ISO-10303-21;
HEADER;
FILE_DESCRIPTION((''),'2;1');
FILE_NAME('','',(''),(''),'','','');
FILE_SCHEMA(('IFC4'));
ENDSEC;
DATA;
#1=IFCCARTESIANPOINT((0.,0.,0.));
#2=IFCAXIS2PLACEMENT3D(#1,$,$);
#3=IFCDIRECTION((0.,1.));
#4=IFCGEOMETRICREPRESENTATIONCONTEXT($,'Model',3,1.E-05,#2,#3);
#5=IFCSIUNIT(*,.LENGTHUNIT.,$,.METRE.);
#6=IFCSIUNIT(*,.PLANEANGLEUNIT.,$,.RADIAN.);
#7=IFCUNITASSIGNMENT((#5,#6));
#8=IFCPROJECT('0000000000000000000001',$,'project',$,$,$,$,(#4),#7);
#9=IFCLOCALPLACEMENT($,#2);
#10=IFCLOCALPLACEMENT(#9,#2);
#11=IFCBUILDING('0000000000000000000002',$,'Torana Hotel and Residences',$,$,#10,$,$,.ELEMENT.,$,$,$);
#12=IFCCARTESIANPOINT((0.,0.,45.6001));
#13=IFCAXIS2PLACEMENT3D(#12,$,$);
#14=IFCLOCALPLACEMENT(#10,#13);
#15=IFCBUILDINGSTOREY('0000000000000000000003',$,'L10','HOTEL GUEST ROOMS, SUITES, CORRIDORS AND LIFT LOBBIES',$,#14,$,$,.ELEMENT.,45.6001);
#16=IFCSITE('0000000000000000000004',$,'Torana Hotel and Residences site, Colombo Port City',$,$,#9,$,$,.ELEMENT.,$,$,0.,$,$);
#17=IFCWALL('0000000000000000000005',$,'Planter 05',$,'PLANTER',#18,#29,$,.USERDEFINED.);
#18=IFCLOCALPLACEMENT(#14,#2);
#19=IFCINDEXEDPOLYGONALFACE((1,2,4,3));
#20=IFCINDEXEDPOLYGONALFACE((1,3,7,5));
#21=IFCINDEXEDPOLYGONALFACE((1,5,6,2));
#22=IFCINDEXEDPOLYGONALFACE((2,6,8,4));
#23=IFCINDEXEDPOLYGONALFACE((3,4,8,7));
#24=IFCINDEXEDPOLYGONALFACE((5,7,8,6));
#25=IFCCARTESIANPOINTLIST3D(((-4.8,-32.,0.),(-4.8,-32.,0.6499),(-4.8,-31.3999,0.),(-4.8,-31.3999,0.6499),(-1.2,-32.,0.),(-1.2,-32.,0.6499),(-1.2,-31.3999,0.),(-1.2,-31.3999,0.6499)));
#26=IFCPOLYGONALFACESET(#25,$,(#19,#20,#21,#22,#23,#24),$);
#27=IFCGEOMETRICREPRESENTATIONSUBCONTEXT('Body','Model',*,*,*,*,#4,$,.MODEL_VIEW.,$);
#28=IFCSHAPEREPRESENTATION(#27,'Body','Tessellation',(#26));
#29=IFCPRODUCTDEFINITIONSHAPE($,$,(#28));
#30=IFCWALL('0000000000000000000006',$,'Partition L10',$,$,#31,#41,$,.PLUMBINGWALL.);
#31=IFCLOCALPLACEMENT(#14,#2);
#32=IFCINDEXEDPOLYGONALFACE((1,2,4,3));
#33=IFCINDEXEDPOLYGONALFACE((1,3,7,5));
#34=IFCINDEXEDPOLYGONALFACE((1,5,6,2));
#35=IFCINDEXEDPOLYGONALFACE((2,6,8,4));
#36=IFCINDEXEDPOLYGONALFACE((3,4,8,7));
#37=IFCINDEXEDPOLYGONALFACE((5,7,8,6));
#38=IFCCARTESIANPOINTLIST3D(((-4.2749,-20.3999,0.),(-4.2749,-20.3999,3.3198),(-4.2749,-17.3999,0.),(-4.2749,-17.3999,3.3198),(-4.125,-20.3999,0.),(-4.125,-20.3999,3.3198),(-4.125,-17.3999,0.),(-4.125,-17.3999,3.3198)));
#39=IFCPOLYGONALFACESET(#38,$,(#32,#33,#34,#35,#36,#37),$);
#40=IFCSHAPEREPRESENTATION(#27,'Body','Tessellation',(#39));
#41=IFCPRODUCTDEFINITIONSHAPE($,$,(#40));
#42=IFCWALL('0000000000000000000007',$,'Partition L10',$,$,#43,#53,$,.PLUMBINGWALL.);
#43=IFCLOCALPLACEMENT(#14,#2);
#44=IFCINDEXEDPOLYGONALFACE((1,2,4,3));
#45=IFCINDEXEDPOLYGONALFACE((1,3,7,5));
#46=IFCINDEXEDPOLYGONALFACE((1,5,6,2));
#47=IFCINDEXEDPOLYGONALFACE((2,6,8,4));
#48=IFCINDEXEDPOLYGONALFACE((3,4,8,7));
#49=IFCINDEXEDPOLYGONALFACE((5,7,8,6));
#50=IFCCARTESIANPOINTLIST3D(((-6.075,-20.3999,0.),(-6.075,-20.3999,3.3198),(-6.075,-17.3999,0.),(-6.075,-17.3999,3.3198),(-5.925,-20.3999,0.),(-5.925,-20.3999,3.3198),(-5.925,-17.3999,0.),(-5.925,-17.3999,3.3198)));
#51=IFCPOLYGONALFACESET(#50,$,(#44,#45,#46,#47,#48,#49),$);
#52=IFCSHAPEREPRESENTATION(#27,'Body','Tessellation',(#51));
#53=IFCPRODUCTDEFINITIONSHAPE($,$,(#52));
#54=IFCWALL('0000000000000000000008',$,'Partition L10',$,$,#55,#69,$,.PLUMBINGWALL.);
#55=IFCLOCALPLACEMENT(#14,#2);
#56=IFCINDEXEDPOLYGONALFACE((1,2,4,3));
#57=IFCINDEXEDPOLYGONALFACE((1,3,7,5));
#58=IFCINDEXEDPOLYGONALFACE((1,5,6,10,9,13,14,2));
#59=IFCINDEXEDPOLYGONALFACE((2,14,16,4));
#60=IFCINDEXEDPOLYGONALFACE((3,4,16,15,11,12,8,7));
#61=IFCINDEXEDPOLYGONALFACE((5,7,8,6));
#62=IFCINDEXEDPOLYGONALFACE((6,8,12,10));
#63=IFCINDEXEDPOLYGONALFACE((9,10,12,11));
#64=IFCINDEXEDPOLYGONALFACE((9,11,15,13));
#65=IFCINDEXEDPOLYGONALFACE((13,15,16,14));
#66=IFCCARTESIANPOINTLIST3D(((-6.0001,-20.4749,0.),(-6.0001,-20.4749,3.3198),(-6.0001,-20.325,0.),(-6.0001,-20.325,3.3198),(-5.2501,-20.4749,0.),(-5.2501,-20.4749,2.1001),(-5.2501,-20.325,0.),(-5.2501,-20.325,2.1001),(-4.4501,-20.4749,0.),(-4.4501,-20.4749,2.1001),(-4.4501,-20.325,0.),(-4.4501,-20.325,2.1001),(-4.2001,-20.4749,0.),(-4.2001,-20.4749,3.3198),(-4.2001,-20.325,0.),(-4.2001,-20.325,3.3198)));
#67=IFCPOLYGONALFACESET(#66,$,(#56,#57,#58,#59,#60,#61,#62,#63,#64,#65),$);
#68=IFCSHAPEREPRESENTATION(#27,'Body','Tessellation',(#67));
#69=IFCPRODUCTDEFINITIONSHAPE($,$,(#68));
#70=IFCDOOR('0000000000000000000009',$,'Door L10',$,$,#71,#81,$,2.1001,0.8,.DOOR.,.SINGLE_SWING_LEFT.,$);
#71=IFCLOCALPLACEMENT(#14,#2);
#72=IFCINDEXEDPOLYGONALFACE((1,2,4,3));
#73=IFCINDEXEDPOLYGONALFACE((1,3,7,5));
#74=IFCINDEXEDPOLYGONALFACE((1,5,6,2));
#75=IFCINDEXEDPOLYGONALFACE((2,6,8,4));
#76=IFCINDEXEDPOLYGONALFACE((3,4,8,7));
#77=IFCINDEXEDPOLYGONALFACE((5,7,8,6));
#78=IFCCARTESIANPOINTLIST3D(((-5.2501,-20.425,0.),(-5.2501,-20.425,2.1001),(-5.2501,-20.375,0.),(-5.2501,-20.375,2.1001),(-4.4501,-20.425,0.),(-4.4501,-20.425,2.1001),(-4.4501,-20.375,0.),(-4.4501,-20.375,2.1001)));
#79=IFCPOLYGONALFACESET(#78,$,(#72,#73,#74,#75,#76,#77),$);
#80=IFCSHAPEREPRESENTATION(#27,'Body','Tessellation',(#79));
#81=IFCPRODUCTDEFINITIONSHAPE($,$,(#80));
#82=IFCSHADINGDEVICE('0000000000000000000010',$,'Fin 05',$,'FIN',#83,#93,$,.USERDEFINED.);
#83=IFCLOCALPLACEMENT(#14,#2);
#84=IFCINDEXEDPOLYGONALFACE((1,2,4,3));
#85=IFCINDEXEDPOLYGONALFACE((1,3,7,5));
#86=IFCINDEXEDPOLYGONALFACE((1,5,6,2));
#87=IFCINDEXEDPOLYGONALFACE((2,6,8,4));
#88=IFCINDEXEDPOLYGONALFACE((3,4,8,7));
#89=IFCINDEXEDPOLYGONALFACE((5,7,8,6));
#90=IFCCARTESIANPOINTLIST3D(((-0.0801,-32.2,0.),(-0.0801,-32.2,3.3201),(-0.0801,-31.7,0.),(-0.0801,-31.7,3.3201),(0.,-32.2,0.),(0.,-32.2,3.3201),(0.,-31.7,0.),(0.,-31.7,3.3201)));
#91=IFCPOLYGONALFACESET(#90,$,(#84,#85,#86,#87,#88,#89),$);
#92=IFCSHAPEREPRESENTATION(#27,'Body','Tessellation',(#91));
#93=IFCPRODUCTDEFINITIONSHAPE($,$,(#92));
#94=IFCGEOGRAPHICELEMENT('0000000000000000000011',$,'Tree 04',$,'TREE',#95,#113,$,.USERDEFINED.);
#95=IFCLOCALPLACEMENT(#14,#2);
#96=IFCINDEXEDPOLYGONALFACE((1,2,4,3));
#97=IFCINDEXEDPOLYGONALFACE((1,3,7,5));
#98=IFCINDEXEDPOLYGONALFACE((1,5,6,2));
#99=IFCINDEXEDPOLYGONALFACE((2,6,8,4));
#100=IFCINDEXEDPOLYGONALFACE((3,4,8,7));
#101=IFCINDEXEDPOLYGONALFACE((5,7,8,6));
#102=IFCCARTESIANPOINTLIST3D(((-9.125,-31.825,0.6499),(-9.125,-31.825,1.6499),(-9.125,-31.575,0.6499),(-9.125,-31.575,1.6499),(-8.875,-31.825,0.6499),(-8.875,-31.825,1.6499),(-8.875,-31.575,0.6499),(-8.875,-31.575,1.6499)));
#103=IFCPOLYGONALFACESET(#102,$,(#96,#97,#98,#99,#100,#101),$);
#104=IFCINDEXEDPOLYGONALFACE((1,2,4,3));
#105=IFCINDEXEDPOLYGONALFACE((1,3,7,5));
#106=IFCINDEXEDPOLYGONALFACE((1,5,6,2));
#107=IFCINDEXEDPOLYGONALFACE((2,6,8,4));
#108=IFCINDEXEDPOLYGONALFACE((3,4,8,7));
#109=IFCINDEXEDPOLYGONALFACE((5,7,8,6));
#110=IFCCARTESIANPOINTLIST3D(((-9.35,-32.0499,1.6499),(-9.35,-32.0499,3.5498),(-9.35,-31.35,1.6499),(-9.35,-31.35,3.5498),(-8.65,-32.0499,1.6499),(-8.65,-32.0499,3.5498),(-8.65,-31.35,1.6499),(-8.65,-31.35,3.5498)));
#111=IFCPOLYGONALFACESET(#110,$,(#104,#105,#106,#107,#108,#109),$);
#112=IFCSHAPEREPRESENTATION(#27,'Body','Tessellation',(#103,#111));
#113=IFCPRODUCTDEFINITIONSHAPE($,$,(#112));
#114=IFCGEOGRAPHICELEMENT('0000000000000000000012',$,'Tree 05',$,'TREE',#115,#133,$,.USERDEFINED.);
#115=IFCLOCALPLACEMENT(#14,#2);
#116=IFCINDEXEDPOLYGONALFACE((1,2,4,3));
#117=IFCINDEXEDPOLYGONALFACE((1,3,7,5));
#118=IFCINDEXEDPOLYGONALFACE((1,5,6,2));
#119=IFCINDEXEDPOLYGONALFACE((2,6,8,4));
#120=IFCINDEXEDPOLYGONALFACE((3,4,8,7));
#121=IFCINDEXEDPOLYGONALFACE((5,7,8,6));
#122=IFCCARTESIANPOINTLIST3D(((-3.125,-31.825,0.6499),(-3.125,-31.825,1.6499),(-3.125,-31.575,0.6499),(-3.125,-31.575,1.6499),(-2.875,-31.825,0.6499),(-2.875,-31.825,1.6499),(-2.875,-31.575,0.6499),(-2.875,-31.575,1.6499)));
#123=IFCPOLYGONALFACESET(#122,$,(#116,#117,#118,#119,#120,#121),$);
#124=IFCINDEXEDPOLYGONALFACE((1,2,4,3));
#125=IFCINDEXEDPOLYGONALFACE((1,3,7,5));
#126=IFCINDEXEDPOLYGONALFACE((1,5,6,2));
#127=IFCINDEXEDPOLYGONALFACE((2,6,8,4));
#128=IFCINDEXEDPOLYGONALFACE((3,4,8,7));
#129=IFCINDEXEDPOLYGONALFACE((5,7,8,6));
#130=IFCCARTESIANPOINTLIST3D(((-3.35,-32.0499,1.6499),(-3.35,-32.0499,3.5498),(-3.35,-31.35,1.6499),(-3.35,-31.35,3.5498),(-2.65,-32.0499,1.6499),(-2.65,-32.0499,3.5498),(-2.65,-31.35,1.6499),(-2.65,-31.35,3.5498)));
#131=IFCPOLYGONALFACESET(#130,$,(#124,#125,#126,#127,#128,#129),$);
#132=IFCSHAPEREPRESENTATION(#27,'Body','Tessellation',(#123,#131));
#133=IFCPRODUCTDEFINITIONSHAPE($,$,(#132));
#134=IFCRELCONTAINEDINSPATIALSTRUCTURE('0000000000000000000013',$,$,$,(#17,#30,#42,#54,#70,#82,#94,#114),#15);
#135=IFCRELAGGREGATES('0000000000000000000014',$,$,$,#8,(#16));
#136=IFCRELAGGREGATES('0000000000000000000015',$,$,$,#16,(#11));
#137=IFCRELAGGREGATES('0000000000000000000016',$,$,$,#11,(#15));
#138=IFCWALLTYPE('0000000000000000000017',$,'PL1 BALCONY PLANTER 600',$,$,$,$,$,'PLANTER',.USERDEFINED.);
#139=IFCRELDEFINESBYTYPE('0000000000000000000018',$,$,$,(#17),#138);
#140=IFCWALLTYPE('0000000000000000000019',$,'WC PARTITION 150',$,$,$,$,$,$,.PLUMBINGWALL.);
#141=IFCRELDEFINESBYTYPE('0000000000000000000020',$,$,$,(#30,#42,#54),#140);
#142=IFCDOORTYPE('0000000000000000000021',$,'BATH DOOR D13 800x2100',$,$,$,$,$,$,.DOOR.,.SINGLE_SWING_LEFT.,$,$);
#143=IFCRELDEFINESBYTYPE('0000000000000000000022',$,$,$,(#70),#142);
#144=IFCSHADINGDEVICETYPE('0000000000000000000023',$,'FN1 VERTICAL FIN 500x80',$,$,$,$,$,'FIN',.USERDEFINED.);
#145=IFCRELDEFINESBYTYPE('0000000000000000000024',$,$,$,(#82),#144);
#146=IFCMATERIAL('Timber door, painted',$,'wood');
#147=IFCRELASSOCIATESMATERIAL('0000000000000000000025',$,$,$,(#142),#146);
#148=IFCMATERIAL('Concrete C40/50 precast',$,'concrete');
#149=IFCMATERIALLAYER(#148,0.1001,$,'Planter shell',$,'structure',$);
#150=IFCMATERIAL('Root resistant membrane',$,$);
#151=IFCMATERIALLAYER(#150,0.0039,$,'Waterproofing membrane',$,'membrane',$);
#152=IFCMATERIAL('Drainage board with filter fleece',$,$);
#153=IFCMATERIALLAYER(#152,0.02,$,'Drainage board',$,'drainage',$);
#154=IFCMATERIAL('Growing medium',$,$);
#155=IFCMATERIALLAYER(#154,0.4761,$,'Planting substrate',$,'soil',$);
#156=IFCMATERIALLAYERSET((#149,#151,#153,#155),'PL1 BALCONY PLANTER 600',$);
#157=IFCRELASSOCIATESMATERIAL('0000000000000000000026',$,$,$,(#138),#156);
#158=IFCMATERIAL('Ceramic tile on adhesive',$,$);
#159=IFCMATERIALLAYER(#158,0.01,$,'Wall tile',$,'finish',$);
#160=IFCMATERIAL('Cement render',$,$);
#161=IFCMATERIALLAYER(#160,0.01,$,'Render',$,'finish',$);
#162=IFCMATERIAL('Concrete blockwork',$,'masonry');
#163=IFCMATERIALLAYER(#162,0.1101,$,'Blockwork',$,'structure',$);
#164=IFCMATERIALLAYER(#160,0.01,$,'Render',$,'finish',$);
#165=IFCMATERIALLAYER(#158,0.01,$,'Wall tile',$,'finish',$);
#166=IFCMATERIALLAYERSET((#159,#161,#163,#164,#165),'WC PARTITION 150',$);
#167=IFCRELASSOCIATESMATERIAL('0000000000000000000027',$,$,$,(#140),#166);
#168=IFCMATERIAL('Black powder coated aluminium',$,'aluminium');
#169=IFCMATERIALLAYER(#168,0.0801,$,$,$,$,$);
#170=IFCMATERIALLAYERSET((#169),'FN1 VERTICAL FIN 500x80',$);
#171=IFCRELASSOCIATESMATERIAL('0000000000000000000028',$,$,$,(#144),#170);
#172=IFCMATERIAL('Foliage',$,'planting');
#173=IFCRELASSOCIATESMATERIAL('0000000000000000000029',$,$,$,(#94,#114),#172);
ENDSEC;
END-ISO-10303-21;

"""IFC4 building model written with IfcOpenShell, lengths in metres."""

from ifc_helpers import new_model, si_unit, direction, frame, frame_2d, origin, origin_2d, place, context, subcontext, project, spatial, rectangle, extrude, material, layer, layer_set, type_object, element, fill, save


model = new_model("IFC4")

# Units and contexts
model_context = context("Model", 3, precision=1e-05, world=origin(), true_north=direction((0.0, 1.0)))
body_context = subcontext(model_context, "Body", "Model", "MODEL_VIEW")
ifc_project = project(units=[si_unit("LENGTHUNIT", "METRE"), si_unit("PLANEANGLEUNIT", "RADIAN")], contexts=[model_context])

# Site, building, storey
site_placement = place(None, origin())
site = spatial("IfcSite", under=ifc_project, at=site_placement, Name="Torana Hotel and Residences site, Colombo Port City", CompositionType="ELEMENT", RefElevation=0.0)
building_placement = place(site_placement, origin())
building = spatial("IfcBuilding", under=site, at=building_placement, Name="Torana Hotel and Residences", CompositionType="ELEMENT")
storey_placement = place(building_placement, frame((0.0, 0.0, 45.6001)))
storey = spatial("IfcBuildingStorey", under=building, at=storey_placement, Name="L10", Description="HOTEL GUEST ROOMS, SUITES, CORRIDORS AND LIFT LOBBIES", CompositionType="ELEMENT", Elevation=45.6001)

# Shared definitions
ifc_material_1 = material(Name="Timber door, painted", Category="wood")
door_type_1 = type_object("IfcDoorType", Name="BATH DOOR D13 800x2100", OperationType="SINGLE_SWING_LEFT", PredefinedType="DOOR", material=ifc_material_1)

# Walls
ifc_material_2 = material(Name="Concrete C40/50 precast", Category="concrete")
ifc_layer_1 = layer(ifc_material_2, 0.1001, Name="Planter shell", Category="structure")
ifc_material_3 = material(Name="Root resistant membrane")
ifc_layer_2 = layer(ifc_material_3, 0.0039, Name="Waterproofing membrane", Category="membrane")
ifc_material_4 = material(Name="Drainage board with filter fleece")
ifc_layer_3 = layer(ifc_material_4, 0.02, Name="Drainage board", Category="drainage")
ifc_material_5 = material(Name="Growing medium")
ifc_layer_4 = layer(ifc_material_5, 0.4761, Name="Planting substrate", Category="soil")
ifc_layer_set_1 = layer_set([ifc_layer_1, ifc_layer_2, ifc_layer_3, ifc_layer_4], Name="PL1 BALCONY PLANTER 600")
wall_type_1 = type_object("IfcWallType", Name="PL1 BALCONY PLANTER 600", ElementType="PLANTER", PredefinedType="USERDEFINED", material=ifc_layer_set_1)
for number, where, z_axis, x_axis, name in (
    (1, (-1.2, -31.7, 0.0), (0.0, 0.0, 1.0), (-1.0, 0.0, 0.0), "Planter 05"),
):
    element("IfcWall", number, at=place(storey_placement, frame(where, z_axis=z_axis, x_axis=x_axis)), inside=storey, type_object=wall_type_1, Name=name, ObjectType="PLANTER", PredefinedType="USERDEFINED", context=body_context, shape_type="SweptSolid", body=[
        extrude(rectangle(XDim=3.6001, YDim=0.6001, at=frame_2d((1.8, 0.0))), origin(), (0.0, 0.0, 1.0), 0.6499),
    ])
ifc_material_6 = material(Name="Ceramic tile on adhesive")
ifc_layer_5 = layer(ifc_material_6, 0.01, Name="Wall tile", Category="finish")
ifc_material_7 = material(Name="Cement render")
ifc_layer_6 = layer(ifc_material_7, 0.01, Name="Render", Category="finish")
ifc_material_8 = material(Name="Concrete blockwork", Category="masonry")
ifc_layer_7 = layer(ifc_material_8, 0.1101, Name="Blockwork", Category="structure")
ifc_layer_8 = layer(ifc_material_7, 0.01, Name="Render", Category="finish")
ifc_layer_9 = layer(ifc_material_6, 0.01, Name="Wall tile", Category="finish")
ifc_layer_set_2 = layer_set([ifc_layer_5, ifc_layer_6, ifc_layer_7, ifc_layer_8, ifc_layer_9], Name="WC PARTITION 150")
wall_type_2 = type_object("IfcWallType", Name="WC PARTITION 150", PredefinedType="PLUMBINGWALL", material=ifc_layer_set_2)
for number, where, z_axis, x_axis, name in (
    (2, (-4.2, -20.3999, 0.0), (0.0, 0.0, 1.0), (0.0, 1.0, 0.0), "Partition L10"),
    (3, (-6.0, -20.3999, 0.0), (0.0, 0.0, 1.0), (0.0, 1.0, 0.0), "Partition L10"),
):
    element("IfcWall", number, at=place(storey_placement, frame(where, z_axis=z_axis, x_axis=x_axis)), inside=storey, type_object=wall_type_2, Name=name, PredefinedType="PLUMBINGWALL", context=body_context, shape_type="SweptSolid", body=[
        extrude(rectangle(XDim=3.0, YDim=0.1499, at=frame_2d((1.5, 0.0))), origin(), (0.0, 0.0, 1.0), 3.3198),
    ])

# Wall, opening, door
wall_1_placement = place(storey_placement, frame((-6.0, -20.3999, 0.0), z_axis=(0.0, 0.0, 1.0), x_axis=(1.0, 0.0, 0.0)))
wall_1 = element("IfcWall", 4, at=wall_1_placement, inside=storey, type_object=wall_type_2, Name="Partition L10", PredefinedType="PLUMBINGWALL", context=body_context, shape_type="SweptSolid", body=[
    extrude(rectangle(XDim=1.8, YDim=0.1499, at=frame_2d((0.8999, 0.0))), origin(), (0.0, 0.0, 1.0), 3.3198),
])
opening_1_placement = place(wall_1_placement, frame((0.75, 0.0, 0.0)))
opening_1 = element("IfcOpeningElement", 5, at=opening_1_placement, cuts=wall_1, PredefinedType="OPENING", context=body_context, shape_type="SweptSolid", body=[
    extrude(rectangle(XDim=0.8, YDim=2.1001, at=frame_2d((0.3999, 1.05))), frame((0.0, 0.085, 0.0), z_axis=(0.0, -1.0, 0.0), x_axis=(1.0, 0.0, 0.0)), (0.0, 0.0, 1.0), 0.1699),
])
door_1_placement = place(opening_1_placement, origin())
door_1 = element("IfcDoor", 6, at=door_1_placement, inside=storey, type_object=door_type_1, Name="Door L10", OperationType="SINGLE_SWING_LEFT", OverallHeight=2.1001, OverallWidth=0.8, PredefinedType="DOOR", context=body_context, shape_type="SweptSolid", body=[
    extrude(rectangle(XDim=0.8, YDim=2.1001, at=frame_2d((0.3999, 1.05))), frame((0.0, 0.0249, 0.0), z_axis=(0.0, -1.0, 0.0), x_axis=(1.0, 0.0, 0.0)), (0.0, 0.0, 1.0), 0.05),
])
fill(opening_1, door_1)

# Shading device
ifc_material_9 = material(Name="Black powder coated aluminium", Category="aluminium")
ifc_layer_10 = layer(ifc_material_9, 0.0801)
ifc_layer_set_3 = layer_set([ifc_layer_10], Name="FN1 VERTICAL FIN 500x80")
shading_device_type = type_object("IfcShadingDeviceType", Name="FN1 VERTICAL FIN 500x80", ElementType="FIN", PredefinedType="USERDEFINED", material=ifc_layer_set_3)
shading_device_placement = place(storey_placement, frame((-0.04, -31.95, 0.0), z_axis=(0.0, 0.0, 1.0), x_axis=(-1.0, 0.0, 0.0)))
element("IfcShadingDevice", 7, at=shading_device_placement, inside=storey, type_object=shading_device_type, Name="Fin 05", ObjectType="FIN", PredefinedType="USERDEFINED", context=body_context, shape_type="SweptSolid", body=[
    extrude(rectangle(XDim=0.0801, YDim=0.5, at=origin_2d()), origin(), (0.0, 0.0, 1.0), 3.3201),
])

# Geographic elements
ifc_material_10 = material(Name="Foliage", Category="planting")
for number, where, z_axis, x_axis, name in (
    (8, (-9.0, -31.7, 0.6499), (0.0, 0.0, 1.0), (1.0, 0.0, 0.0), "Tree 04"),
    (9, (-3.0, -31.7, 0.6499), (0.0, 0.0, 1.0), (1.0, 0.0, 0.0), "Tree 05"),
):
    element("IfcGeographicElement", number, at=place(storey_placement, frame(where, z_axis=z_axis, x_axis=x_axis)), inside=storey, material=ifc_material_10, Name=name, ObjectType="TREE", PredefinedType="USERDEFINED", context=body_context, shape_type="SweptSolid", body=[
        extrude(rectangle(XDim=0.25, YDim=0.25, at=origin_2d()), origin(), (0.0, 0.0, 1.0), 1.0),
        extrude(rectangle(XDim=0.7, YDim=0.7, at=origin_2d()), frame((0.0, 0.0, 1.0)), (0.0, 0.0, 1.0), 1.8999),
    ])

save(model, "model.ifc")
